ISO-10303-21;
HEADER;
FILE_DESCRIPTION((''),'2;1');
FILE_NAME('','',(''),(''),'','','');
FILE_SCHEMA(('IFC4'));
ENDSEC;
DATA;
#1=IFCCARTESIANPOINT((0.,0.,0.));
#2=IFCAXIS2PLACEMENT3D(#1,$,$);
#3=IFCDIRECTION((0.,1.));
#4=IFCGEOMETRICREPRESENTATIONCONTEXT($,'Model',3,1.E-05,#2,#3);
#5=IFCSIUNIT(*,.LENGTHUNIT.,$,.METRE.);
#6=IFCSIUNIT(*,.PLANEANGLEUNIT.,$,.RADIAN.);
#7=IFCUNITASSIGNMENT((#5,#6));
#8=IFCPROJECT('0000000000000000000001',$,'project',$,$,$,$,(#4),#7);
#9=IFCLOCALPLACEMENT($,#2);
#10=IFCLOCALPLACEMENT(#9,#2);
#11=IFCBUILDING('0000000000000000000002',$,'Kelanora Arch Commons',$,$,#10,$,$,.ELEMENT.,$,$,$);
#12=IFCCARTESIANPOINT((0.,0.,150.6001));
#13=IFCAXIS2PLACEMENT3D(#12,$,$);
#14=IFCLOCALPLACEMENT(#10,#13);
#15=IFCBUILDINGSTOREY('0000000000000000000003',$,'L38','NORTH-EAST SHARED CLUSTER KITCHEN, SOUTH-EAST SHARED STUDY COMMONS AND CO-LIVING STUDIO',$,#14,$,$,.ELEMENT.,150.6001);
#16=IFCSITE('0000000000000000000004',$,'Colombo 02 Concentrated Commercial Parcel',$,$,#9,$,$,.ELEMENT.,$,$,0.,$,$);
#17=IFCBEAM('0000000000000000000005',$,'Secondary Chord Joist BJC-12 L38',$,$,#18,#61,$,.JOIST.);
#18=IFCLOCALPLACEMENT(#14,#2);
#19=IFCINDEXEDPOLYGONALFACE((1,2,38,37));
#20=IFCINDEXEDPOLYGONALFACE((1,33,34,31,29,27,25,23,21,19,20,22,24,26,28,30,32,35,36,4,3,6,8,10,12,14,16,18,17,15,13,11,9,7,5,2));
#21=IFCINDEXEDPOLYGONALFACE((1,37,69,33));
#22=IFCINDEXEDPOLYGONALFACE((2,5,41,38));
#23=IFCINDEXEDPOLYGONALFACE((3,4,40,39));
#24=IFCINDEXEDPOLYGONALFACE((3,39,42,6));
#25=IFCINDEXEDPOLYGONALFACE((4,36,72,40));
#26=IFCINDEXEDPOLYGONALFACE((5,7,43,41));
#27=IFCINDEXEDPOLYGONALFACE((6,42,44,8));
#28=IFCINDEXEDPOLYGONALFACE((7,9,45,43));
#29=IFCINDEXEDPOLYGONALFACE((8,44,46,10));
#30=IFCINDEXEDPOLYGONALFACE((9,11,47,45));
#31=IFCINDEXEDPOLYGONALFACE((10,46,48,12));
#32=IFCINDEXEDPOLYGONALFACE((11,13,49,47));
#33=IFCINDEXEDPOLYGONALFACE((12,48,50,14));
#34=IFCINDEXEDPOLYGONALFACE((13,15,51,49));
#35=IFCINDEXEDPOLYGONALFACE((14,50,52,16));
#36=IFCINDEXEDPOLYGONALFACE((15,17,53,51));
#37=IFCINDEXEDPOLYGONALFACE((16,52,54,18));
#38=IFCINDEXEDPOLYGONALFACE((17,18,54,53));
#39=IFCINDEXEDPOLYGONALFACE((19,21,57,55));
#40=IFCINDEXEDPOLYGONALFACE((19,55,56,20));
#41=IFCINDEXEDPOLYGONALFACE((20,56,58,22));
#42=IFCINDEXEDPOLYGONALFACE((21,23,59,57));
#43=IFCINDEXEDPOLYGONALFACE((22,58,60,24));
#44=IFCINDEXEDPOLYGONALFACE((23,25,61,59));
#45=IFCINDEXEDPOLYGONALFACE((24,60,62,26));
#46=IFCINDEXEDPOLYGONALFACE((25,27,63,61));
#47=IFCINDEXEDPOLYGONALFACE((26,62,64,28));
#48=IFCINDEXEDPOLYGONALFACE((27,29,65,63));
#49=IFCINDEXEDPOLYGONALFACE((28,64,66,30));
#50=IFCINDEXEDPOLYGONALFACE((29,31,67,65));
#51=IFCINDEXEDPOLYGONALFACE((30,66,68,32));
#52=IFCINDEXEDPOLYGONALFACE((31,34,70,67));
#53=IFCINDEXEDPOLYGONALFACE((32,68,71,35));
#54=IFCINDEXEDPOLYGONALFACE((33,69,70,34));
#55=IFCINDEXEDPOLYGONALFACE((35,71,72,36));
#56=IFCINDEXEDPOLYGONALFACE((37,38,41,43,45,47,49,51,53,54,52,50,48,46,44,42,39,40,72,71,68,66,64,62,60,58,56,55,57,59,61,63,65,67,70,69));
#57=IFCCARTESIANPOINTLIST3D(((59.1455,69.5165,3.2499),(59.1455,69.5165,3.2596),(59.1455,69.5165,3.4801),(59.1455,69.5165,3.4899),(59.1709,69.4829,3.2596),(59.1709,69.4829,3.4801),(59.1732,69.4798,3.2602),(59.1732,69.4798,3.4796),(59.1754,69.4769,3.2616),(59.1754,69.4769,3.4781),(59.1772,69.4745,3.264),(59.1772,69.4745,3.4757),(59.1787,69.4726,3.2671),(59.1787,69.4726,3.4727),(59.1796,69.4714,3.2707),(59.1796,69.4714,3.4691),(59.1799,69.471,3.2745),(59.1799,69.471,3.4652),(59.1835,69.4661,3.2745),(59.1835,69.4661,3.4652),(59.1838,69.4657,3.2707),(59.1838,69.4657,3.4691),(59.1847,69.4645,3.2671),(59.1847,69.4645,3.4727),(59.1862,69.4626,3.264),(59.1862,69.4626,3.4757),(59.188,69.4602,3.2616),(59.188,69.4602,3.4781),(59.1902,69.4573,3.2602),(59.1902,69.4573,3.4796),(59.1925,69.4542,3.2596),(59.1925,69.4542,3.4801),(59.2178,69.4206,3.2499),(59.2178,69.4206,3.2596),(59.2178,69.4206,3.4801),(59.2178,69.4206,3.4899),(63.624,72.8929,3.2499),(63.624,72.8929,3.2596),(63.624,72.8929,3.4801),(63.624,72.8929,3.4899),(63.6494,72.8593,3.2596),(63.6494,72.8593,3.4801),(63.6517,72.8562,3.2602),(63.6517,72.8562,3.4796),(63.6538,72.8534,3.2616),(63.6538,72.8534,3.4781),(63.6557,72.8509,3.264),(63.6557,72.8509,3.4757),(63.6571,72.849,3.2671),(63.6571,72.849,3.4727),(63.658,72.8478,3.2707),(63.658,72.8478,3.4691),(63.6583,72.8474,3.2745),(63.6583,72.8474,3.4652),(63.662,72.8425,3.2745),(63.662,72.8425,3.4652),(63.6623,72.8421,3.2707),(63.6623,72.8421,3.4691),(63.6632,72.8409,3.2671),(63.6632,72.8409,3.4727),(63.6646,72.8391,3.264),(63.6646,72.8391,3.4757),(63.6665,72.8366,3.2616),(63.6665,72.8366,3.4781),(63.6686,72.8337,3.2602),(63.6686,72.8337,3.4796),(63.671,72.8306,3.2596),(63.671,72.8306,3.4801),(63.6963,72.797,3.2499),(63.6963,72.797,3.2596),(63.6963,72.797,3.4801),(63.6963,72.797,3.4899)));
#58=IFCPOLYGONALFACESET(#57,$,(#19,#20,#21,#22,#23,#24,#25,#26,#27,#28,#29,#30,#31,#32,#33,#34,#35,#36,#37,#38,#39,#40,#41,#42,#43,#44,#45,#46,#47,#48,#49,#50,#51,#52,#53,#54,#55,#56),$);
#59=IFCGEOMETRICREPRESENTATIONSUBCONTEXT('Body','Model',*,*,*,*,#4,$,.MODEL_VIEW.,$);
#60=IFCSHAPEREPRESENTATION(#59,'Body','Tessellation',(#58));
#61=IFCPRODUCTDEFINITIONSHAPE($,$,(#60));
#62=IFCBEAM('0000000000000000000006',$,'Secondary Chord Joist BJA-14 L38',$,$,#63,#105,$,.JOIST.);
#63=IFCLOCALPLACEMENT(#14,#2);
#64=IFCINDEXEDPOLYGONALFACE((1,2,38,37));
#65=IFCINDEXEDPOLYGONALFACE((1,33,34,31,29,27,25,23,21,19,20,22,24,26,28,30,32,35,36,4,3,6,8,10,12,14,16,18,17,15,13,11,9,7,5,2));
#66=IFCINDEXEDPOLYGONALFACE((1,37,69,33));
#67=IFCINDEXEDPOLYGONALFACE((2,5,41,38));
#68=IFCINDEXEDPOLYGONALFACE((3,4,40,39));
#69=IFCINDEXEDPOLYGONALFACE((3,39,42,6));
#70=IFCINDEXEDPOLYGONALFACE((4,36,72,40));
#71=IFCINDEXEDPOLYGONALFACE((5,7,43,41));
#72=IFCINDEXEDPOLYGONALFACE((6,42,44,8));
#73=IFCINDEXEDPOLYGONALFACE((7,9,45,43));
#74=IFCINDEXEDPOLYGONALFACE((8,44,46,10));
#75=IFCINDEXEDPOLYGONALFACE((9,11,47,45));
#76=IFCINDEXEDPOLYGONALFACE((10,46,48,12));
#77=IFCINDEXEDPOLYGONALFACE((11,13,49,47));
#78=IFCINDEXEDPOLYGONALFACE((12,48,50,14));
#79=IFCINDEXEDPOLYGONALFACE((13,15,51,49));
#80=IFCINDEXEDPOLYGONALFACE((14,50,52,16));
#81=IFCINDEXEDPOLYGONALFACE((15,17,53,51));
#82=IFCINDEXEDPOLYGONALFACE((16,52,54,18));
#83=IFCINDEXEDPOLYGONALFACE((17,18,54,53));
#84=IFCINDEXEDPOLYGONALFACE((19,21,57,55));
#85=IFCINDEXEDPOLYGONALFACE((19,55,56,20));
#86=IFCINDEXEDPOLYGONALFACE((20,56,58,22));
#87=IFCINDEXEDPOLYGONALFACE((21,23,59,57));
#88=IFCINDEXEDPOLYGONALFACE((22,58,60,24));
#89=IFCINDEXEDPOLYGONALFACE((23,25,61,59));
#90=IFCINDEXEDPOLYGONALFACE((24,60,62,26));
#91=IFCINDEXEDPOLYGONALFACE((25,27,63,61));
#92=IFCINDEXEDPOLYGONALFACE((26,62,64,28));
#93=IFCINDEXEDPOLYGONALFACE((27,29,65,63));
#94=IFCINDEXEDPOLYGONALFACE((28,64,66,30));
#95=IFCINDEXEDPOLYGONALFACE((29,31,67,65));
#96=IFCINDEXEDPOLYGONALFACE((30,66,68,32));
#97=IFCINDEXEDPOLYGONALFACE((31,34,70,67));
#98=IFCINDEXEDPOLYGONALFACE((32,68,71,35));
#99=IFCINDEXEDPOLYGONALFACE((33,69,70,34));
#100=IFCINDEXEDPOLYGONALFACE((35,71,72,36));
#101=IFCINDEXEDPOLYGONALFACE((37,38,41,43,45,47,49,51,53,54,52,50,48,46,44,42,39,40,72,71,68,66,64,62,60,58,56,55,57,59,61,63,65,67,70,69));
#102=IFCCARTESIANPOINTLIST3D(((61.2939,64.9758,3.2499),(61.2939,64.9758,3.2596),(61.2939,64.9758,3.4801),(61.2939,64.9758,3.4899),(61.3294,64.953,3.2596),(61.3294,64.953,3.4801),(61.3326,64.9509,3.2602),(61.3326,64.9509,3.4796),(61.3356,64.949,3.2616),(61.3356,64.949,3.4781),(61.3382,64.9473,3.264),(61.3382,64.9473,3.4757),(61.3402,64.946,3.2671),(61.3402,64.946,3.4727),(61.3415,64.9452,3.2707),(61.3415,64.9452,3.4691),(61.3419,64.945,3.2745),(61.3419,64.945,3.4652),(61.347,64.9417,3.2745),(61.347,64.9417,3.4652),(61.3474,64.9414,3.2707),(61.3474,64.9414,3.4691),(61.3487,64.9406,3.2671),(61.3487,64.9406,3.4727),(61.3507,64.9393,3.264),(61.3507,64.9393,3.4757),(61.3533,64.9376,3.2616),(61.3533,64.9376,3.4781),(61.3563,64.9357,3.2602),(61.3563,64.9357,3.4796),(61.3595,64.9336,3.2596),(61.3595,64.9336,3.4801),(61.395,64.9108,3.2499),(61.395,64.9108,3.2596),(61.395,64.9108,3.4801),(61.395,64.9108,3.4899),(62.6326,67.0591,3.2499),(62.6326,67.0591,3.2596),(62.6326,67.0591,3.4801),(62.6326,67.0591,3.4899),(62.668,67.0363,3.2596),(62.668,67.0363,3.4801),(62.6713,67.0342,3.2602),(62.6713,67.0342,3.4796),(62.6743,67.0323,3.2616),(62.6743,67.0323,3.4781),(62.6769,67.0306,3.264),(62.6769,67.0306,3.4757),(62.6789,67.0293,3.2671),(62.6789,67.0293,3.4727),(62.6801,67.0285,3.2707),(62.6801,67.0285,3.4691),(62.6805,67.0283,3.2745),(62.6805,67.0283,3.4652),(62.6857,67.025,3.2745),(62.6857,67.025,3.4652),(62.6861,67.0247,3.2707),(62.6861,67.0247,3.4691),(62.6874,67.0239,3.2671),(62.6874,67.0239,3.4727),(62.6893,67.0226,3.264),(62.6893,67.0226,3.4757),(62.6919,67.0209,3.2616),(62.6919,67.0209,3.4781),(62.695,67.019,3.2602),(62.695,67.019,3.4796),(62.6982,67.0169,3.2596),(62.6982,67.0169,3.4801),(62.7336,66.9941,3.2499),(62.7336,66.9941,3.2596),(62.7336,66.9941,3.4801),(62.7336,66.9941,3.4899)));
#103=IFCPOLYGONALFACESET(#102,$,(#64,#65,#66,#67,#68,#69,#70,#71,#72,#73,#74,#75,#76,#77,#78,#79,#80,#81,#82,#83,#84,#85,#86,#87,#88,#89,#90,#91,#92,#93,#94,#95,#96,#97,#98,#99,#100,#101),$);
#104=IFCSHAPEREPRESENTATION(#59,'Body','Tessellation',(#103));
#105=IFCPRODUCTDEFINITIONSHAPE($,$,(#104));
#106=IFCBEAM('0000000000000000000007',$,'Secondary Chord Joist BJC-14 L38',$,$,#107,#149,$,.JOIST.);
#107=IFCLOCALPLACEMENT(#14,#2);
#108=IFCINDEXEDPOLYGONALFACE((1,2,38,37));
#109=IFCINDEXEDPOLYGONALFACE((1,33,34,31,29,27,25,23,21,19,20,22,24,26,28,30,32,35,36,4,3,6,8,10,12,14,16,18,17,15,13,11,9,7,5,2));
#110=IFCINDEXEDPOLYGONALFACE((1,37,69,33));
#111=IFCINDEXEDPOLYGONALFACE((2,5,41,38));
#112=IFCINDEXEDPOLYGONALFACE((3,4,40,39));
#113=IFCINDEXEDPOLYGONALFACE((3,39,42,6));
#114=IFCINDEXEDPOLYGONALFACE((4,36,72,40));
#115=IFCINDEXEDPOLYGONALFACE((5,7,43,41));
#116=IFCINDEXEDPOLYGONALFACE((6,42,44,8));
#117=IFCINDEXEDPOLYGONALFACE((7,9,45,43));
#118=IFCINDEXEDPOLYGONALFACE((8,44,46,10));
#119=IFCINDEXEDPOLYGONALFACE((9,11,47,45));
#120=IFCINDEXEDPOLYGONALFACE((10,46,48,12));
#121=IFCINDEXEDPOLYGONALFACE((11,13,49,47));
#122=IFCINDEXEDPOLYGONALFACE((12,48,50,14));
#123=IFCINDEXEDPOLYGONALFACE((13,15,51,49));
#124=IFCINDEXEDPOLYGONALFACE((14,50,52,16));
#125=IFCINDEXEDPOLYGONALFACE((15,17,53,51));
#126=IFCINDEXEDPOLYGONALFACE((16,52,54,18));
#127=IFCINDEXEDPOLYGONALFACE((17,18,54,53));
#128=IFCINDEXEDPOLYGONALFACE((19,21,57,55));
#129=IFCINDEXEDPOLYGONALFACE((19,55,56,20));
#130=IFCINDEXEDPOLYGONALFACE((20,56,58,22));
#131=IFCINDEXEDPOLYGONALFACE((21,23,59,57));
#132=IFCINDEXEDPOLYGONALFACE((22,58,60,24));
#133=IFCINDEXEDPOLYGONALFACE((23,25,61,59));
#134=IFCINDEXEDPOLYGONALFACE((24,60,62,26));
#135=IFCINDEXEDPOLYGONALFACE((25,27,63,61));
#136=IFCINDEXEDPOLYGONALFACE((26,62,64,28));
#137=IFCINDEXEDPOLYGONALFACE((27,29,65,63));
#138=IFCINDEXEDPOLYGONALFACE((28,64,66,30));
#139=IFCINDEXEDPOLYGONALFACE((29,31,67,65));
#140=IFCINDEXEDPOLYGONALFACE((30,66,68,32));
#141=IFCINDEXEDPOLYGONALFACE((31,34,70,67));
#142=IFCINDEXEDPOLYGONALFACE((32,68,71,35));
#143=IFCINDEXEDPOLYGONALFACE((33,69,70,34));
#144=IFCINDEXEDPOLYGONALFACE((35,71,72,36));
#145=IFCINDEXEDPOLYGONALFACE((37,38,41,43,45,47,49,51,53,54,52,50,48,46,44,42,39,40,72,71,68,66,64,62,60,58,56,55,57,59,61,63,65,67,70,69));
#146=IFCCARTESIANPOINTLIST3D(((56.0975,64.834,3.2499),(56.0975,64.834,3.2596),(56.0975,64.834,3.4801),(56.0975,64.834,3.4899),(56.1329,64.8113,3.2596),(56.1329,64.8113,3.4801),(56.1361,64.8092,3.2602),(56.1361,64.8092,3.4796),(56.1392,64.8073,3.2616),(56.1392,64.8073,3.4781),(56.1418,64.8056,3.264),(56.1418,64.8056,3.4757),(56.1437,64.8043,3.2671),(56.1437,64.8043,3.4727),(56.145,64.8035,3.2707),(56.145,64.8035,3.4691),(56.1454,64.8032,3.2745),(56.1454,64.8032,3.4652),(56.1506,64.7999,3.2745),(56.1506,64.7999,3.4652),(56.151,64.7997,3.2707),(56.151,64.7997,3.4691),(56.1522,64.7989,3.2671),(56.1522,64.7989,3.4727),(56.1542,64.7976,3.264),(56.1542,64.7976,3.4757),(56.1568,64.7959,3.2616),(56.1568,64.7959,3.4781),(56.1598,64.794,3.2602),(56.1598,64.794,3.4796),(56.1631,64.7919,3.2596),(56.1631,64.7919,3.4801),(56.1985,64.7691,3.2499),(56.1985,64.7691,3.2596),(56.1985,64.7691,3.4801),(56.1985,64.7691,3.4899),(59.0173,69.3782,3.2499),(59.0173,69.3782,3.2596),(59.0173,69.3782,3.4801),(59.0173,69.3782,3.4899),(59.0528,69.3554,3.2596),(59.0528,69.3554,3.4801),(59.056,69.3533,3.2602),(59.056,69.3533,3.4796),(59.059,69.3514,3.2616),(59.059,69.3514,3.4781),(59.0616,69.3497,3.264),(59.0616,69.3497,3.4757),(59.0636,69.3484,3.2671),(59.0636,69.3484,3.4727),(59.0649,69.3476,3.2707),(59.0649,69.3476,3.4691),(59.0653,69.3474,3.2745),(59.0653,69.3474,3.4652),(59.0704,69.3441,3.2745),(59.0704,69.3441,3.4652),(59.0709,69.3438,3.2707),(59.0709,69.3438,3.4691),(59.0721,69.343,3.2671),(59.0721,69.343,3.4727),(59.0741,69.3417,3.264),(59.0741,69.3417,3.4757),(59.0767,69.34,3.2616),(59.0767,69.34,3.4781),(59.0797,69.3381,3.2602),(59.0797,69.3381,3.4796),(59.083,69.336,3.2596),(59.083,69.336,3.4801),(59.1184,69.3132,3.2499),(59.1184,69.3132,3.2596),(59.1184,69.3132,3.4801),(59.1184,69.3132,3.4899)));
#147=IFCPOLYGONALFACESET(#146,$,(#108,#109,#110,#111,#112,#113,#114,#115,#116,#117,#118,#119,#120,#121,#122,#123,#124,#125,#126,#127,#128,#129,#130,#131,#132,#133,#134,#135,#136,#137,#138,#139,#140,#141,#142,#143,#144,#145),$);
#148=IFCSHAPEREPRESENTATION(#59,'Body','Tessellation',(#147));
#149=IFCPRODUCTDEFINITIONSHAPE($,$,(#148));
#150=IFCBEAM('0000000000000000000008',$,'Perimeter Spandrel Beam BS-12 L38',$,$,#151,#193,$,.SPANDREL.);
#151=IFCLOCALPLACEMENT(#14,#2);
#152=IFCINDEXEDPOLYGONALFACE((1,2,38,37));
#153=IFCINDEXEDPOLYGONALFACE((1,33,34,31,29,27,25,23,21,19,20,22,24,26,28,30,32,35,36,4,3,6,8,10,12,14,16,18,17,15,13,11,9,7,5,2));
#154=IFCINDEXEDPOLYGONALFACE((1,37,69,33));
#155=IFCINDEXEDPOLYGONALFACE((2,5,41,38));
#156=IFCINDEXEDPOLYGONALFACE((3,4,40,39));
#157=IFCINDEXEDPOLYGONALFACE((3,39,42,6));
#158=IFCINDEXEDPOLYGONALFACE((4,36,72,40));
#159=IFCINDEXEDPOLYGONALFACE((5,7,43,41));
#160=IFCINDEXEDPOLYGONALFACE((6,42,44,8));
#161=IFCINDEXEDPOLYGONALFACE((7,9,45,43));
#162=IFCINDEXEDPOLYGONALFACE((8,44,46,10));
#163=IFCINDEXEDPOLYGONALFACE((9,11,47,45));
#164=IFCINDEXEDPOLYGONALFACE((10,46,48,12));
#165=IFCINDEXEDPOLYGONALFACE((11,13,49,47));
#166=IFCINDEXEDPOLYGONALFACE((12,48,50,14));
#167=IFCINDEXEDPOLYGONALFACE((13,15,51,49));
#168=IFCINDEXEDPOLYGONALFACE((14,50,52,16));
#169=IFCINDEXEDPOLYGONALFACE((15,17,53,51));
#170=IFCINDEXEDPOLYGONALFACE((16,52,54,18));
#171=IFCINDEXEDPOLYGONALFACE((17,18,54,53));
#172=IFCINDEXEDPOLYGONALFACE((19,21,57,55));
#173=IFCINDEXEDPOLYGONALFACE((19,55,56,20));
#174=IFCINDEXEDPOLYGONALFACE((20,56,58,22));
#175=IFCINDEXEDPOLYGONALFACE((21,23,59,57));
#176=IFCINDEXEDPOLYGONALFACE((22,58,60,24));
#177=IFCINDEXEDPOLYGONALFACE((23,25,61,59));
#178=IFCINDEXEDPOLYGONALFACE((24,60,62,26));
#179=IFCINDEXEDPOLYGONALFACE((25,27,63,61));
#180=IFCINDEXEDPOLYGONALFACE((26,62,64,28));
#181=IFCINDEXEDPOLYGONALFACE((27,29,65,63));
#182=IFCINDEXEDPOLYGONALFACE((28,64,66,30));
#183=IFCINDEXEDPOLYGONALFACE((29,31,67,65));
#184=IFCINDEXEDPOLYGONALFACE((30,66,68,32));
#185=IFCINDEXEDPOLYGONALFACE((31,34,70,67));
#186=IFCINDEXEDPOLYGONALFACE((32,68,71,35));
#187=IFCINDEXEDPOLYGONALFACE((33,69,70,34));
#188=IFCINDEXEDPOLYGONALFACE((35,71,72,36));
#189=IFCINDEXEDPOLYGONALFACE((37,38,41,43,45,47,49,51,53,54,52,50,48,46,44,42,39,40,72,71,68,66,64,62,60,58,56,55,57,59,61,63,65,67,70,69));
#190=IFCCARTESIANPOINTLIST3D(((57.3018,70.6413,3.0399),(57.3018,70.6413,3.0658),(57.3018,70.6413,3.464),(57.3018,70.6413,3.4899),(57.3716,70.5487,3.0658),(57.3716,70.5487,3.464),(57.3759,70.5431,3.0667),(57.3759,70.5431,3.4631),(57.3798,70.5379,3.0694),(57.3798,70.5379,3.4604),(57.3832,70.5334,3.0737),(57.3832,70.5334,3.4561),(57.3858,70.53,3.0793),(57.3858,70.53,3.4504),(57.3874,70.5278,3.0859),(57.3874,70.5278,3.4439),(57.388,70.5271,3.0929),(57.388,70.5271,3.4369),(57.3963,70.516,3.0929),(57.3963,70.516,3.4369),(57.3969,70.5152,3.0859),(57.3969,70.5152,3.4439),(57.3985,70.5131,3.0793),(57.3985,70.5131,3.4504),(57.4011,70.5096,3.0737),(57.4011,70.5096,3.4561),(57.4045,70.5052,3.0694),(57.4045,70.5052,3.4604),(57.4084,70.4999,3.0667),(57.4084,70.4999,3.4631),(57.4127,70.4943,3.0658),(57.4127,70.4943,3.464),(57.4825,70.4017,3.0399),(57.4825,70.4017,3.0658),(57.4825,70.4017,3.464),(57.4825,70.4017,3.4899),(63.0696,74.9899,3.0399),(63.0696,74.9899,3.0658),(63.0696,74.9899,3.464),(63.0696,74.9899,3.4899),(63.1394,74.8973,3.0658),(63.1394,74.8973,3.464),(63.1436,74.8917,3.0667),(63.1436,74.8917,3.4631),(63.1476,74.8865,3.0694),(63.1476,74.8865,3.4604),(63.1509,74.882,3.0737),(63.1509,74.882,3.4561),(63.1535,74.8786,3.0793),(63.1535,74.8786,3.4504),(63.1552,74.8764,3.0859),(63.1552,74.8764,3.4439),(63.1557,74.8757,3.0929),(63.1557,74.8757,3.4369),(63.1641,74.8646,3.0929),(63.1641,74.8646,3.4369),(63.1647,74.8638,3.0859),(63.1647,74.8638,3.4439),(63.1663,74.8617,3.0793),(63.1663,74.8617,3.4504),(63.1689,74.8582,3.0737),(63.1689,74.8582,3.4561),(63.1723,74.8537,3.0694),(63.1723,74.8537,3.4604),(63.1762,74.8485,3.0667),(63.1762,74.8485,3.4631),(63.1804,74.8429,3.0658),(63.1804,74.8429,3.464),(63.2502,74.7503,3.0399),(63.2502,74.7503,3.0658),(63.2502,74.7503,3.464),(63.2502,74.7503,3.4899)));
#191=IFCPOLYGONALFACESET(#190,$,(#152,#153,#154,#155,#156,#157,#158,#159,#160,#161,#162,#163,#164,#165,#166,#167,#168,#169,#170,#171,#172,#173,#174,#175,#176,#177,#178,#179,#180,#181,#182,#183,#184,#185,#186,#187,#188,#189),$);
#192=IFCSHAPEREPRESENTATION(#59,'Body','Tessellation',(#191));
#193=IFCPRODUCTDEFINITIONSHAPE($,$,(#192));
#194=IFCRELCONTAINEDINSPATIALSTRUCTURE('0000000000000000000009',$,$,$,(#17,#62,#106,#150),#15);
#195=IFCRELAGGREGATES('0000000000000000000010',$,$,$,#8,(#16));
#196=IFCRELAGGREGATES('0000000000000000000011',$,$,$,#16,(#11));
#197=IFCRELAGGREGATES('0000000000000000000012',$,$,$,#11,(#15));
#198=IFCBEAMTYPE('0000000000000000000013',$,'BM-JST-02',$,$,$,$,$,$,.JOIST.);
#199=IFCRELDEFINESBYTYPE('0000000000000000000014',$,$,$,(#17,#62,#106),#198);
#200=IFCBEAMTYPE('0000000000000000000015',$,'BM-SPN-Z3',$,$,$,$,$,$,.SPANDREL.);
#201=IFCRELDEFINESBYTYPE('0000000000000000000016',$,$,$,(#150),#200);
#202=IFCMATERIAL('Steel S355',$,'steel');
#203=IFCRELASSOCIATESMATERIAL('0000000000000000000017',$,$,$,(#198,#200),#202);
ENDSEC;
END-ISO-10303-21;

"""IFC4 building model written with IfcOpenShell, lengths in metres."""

from ifc_helpers import new_model, si_unit, direction, frame, origin, origin_2d, place, context, subcontext, project, spatial, i_section, extrude, material, material_profile, profile_set, type_object, element, save


model = new_model("IFC4")

# Units and contexts
model_context = context("Model", 3, precision=1e-05, world=origin(), true_north=direction((0.0, 1.0)))
body_context = subcontext(model_context, "Body", "Model", "MODEL_VIEW")
ifc_project = project(units=[si_unit("LENGTHUNIT", "METRE"), si_unit("PLANEANGLEUNIT", "RADIAN")], contexts=[model_context])

# Site, building, storey
site_placement = place(None, origin())
site = spatial("IfcSite", under=ifc_project, at=site_placement, Name="Colombo 02 Concentrated Commercial Parcel", CompositionType="ELEMENT", RefElevation=0.0)
building_placement = place(site_placement, origin())
building = spatial("IfcBuilding", under=site, at=building_placement, Name="Kelanora Arch Commons", CompositionType="ELEMENT")
storey_placement = place(building_placement, frame((0.0, 0.0, 150.6001)))
storey = spatial("IfcBuildingStorey", under=building, at=storey_placement, Name="L38", Description="NORTH-EAST SHARED CLUSTER KITCHEN, SOUTH-EAST SHARED STUDY COMMONS AND CO-LIVING STUDIO", CompositionType="ELEMENT", Elevation=150.6001)

# Beams
ifc_material_1 = material(Name="Steel S355", Category="steel")
ifc_material_profile_1 = material_profile(ifc_material_1, i_section(OverallWidth=0.1201, OverallDepth=0.24, WebThickness=0.0061, FlangeThickness=0.0098, FilletRadius=0.0149, at=origin_2d()), Name="IPE240")
ifc_profile_set_1 = profile_set([ifc_material_profile_1], Name="Steel S355")
beam_type_1 = type_object("IfcBeamType", Name="BM-JST-02", PredefinedType="JOIST", material=ifc_profile_set_1)
beam_1_placement = place(storey_placement, frame((63.6602, 72.845, 3.3699), z_axis=(-0.798493, -0.602004, 0.0), x_axis=(0.602004, -0.798493, 0.0)))
element("IfcBeam", 1, at=beam_1_placement, inside=storey, type_object=beam_type_1, Name="Secondary Chord Joist BJC-12 L38", PredefinedType="JOIST", context=body_context, shape_type="SweptSolid", body=[
    extrude(i_section(OverallWidth=0.1201, OverallDepth=0.24, WebThickness=0.0061, FlangeThickness=0.0098, FilletRadius=0.0149, at=origin_2d()), origin(), (0.0, 0.0, 1.0), 5.6086),
])
beam_2_placement = place(storey_placement, frame((62.6831, 67.0266, 3.3699), z_axis=(-0.540583, -0.841291, 0.0), x_axis=(0.841291, -0.540583, 0.0)))
element("IfcBeam", 2, at=beam_2_placement, inside=storey, type_object=beam_type_1, Name="Secondary Chord Joist BJA-14 L38", PredefinedType="JOIST", context=body_context, shape_type="SweptSolid", body=[
    extrude(i_section(OverallWidth=0.1201, OverallDepth=0.24, WebThickness=0.0061, FlangeThickness=0.0098, FilletRadius=0.0149, at=origin_2d()), origin(), (0.0, 0.0, 1.0), 2.4763),
])
beam_3_placement = place(storey_placement, frame((59.0679, 69.3457, 3.3699), z_axis=(-0.540582, -0.841292, 0.0), x_axis=(0.841292, -0.540582, 0.0)))
element("IfcBeam", 3, at=beam_3_placement, inside=storey, type_object=beam_type_1, Name="Secondary Chord Joist BJC-14 L38", PredefinedType="JOIST", context=body_context, shape_type="SweptSolid", body=[
    extrude(i_section(OverallWidth=0.1201, OverallDepth=0.24, WebThickness=0.0061, FlangeThickness=0.0098, FilletRadius=0.0149, at=origin_2d()), origin(), (0.0, 0.0, 1.0), 5.4014),
])
ifc_material_profile_2 = material_profile(ifc_material_1, i_section(OverallWidth=0.3, OverallDepth=0.45, WebThickness=0.0139, FlangeThickness=0.0259, FilletRadius=0.0271, at=origin_2d()), Name="HEB450")
ifc_profile_set_2 = profile_set([ifc_material_profile_2], Name="Steel S355")
beam_type_2 = type_object("IfcBeamType", Name="BM-SPN-Z3", PredefinedType="SPANDREL", material=ifc_profile_set_2)
beam_4_placement = place(storey_placement, frame((63.1599, 74.8701, 3.2649), z_axis=(-0.798485, -0.602015, 0.0), x_axis=(0.602015, -0.798485, 0.0)))
element("IfcBeam", 4, at=beam_4_placement, inside=storey, type_object=beam_type_2, Name="Perimeter Spandrel Beam BS-12 L38", PredefinedType="SPANDREL", context=body_context, shape_type="SweptSolid", body=[
    extrude(i_section(OverallWidth=0.3, OverallDepth=0.45, WebThickness=0.0139, FlangeThickness=0.0259, FilletRadius=0.0271, at=origin_2d()), origin(), (0.0, 0.0, 1.0), 7.2234),
])

save(model, "model.ifc")
